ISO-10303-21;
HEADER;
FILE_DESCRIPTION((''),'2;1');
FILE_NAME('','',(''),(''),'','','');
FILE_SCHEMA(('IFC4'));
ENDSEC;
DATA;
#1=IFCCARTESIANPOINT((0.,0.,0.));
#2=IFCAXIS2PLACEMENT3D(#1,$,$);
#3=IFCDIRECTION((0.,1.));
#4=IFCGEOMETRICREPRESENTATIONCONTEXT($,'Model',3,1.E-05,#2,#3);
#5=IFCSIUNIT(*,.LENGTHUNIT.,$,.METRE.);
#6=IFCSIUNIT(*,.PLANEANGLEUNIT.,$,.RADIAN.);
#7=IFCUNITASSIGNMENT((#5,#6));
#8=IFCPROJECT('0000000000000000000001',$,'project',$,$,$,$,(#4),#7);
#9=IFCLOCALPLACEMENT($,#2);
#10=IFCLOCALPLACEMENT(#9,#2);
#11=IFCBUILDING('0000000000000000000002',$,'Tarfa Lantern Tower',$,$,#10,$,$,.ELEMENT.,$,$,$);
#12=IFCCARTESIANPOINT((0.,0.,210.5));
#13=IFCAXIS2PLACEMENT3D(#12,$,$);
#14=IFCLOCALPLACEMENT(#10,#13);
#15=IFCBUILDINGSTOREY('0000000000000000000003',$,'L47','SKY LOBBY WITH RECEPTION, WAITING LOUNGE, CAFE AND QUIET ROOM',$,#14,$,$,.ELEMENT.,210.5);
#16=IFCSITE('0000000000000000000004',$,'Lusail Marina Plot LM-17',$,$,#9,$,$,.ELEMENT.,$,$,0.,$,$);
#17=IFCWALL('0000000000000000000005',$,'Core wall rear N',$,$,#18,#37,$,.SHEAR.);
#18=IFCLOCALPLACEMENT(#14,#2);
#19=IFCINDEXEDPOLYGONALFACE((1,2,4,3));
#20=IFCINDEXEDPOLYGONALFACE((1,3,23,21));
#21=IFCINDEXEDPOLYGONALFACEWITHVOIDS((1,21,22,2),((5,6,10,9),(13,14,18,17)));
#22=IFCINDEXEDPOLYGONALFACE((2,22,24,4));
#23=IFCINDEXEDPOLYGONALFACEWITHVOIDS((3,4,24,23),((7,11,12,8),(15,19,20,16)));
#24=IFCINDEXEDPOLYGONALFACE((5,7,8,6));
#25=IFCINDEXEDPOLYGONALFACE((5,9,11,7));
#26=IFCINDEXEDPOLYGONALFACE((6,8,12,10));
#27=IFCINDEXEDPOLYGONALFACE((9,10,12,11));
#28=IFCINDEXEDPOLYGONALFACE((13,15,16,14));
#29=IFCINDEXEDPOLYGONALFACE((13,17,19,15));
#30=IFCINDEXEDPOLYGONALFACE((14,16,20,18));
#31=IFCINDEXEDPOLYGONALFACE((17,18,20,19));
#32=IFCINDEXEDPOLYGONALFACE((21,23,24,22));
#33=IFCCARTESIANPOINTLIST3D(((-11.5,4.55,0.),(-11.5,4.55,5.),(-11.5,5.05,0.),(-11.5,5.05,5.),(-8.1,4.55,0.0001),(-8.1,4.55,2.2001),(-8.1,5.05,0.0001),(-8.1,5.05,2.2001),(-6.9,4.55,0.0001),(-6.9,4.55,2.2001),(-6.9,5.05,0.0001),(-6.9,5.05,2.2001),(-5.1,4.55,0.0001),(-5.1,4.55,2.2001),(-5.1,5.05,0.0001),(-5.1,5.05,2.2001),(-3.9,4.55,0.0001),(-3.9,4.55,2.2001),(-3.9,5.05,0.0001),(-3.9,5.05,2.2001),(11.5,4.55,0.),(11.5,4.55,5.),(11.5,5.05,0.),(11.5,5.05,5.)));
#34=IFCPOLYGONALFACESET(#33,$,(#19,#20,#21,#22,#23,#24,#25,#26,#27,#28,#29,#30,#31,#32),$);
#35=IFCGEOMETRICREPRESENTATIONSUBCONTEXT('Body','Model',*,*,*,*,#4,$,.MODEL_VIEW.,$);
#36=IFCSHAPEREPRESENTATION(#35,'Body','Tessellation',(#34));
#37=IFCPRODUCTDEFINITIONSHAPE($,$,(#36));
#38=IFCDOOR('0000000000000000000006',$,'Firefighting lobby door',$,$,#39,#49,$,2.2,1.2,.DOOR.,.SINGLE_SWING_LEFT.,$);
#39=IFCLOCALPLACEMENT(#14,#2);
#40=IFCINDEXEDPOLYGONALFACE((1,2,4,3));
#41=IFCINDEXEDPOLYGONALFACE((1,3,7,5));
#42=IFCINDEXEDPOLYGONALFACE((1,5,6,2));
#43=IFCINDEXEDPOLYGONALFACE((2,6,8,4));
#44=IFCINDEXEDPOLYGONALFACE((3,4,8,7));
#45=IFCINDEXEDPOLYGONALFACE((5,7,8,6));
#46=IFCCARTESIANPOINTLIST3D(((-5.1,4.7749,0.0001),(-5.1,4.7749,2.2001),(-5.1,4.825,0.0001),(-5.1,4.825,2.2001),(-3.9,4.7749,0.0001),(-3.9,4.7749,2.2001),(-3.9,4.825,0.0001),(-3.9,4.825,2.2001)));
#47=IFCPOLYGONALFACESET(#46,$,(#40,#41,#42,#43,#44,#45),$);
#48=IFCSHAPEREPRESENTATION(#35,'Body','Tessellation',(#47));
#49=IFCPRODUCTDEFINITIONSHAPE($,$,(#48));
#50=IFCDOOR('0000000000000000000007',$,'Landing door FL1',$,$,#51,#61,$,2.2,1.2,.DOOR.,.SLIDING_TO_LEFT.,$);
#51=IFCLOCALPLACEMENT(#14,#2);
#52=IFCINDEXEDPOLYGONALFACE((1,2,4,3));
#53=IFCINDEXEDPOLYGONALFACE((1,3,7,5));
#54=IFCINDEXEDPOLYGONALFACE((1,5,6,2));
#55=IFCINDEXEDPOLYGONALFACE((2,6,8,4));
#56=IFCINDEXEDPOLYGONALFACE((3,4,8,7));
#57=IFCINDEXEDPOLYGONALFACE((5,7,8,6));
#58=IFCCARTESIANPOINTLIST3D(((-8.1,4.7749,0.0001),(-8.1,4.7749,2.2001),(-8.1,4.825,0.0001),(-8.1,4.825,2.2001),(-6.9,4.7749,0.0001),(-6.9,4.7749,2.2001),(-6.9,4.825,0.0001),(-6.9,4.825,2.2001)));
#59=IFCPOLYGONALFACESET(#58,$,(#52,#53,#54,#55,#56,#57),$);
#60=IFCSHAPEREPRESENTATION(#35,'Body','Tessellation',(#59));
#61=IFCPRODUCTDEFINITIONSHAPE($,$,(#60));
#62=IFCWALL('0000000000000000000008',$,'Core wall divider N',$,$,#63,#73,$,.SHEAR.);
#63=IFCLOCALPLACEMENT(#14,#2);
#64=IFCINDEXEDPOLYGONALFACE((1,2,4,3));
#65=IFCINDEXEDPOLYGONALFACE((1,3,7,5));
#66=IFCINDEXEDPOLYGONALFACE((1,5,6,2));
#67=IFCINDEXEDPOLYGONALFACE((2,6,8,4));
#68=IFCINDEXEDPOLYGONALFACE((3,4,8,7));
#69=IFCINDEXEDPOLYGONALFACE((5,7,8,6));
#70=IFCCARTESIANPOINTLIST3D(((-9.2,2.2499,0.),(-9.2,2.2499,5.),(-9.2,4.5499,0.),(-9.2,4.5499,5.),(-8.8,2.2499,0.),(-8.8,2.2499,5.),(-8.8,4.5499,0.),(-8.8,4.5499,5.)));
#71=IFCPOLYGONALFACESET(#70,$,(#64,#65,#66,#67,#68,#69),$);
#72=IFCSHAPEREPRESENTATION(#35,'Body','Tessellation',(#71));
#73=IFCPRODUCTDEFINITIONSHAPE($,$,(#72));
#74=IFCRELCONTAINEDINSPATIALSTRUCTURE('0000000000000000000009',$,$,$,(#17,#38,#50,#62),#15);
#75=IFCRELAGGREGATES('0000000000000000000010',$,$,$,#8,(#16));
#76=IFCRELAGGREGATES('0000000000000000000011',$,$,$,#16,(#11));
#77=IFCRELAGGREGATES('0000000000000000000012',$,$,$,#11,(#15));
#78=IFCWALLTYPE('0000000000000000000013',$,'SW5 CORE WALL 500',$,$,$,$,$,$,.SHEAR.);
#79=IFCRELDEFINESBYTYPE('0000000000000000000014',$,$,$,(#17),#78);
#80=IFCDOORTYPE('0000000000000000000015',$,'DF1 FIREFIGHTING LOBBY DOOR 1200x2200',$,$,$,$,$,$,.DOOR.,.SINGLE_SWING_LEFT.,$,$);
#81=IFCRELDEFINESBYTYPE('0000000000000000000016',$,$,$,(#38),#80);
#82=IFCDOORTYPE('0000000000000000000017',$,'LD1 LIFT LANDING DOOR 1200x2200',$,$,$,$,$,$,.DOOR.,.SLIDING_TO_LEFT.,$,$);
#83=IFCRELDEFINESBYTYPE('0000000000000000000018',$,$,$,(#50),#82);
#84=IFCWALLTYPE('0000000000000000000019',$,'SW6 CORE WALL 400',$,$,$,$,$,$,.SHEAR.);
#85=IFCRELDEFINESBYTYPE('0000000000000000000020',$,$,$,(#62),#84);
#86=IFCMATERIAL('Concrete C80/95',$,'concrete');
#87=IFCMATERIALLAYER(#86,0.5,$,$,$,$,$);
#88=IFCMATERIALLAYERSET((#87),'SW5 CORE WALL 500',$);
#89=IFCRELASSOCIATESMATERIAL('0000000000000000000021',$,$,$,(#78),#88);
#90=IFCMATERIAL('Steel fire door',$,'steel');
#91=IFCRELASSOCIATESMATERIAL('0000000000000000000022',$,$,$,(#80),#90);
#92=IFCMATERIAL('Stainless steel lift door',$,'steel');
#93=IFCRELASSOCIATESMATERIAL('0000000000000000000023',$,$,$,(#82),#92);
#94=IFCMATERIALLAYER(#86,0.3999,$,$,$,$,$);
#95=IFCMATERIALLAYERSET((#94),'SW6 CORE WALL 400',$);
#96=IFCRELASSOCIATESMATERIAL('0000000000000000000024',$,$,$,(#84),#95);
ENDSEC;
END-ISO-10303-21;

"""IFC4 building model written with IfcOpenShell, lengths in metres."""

from ifc_helpers import new_model, si_unit, direction, frame, frame_2d, origin, place, context, subcontext, project, spatial, rectangle, extrude, material, layer, layer_set, type_object, element, fill, save


model = new_model("IFC4")

# Units and contexts
model_context = context("Model", 3, precision=1e-05, world=origin(), true_north=direction((0.0, 1.0)))
body_context = subcontext(model_context, "Body", "Model", "MODEL_VIEW")
ifc_project = project(units=[si_unit("LENGTHUNIT", "METRE"), si_unit("PLANEANGLEUNIT", "RADIAN")], contexts=[model_context])

# Site, building, storey
site_placement = place(None, origin())
site = spatial("IfcSite", under=ifc_project, at=site_placement, Name="Lusail Marina Plot LM-17", CompositionType="ELEMENT", RefElevation=0.0)
building_placement = place(site_placement, origin())
building = spatial("IfcBuilding", under=site, at=building_placement, Name="Tarfa Lantern Tower", CompositionType="ELEMENT")
storey_placement = place(building_placement, frame((0.0, 0.0, 210.5)))
storey = spatial("IfcBuildingStorey", under=building, at=storey_placement, Name="L47", Description="SKY LOBBY WITH RECEPTION, WAITING LOUNGE, CAFE AND QUIET ROOM", CompositionType="ELEMENT", Elevation=210.5)

# Shared definitions
ifc_material_1 = material(Name="Concrete C80/95", Category="concrete")
ifc_material_2 = material(Name="Steel fire door", Category="steel")

# Shared definitions
ifc_layer_1 = layer(ifc_material_1, 0.5)
ifc_layer_set_1 = layer_set([ifc_layer_1], Name="SW5 CORE WALL 500")
wall_type_1 = type_object("IfcWallType", Name="SW5 CORE WALL 500", PredefinedType="SHEAR", material=ifc_layer_set_1)

# Wall, openings, doors
wall_1_placement = place(storey_placement, frame((-11.5, 4.8, 0.0), z_axis=(0.0, 0.0, 1.0), x_axis=(1.0, 0.0, 0.0)))
wall_1 = element("IfcWall", 1, at=wall_1_placement, inside=storey, type_object=wall_type_1, Name="Core wall rear N", PredefinedType="SHEAR", context=body_context, shape_type="SweptSolid", body=[
    extrude(rectangle(XDim=23.0, YDim=0.5, at=frame_2d((11.5, 0.0))), origin(), (0.0, 0.0, 1.0), 5.0),
])
opening_1_placement = place(wall_1_placement, frame((6.3999, 0.0, 0.0)))
opening_1 = element("IfcOpeningElement", 2, at=opening_1_placement, cuts=wall_1, PredefinedType="OPENING", context=body_context, shape_type="SweptSolid", body=[
    extrude(rectangle(XDim=1.2, YDim=2.2, at=frame_2d((0.6001, 1.1001))), frame((0.0, 0.26, 0.0), z_axis=(0.0, -1.0, 0.0), x_axis=(1.0, 0.0, 0.0)), (0.0, 0.0, 1.0), 0.52),
])
opening_2_placement = place(wall_1_placement, frame((3.3999, 0.0, 0.0)))
opening_2 = element("IfcOpeningElement", 3, at=opening_2_placement, cuts=wall_1, PredefinedType="OPENING", context=body_context, shape_type="SweptSolid", body=[
    extrude(rectangle(XDim=1.2, YDim=2.2, at=frame_2d((0.6001, 1.1001))), frame((0.0, 0.26, 0.0), z_axis=(0.0, -1.0, 0.0), x_axis=(1.0, 0.0, 0.0)), (0.0, 0.0, 1.0), 0.52),
])
door_type_1 = type_object("IfcDoorType", Name="DF1 FIREFIGHTING LOBBY DOOR 1200x2200", OperationType="SINGLE_SWING_LEFT", PredefinedType="DOOR", material=ifc_material_2)
door_1_placement = place(opening_1_placement, origin())
door_1 = element("IfcDoor", 4, at=door_1_placement, inside=storey, type_object=door_type_1, Name="Firefighting lobby door", OperationType="SINGLE_SWING_LEFT", OverallHeight=2.2, OverallWidth=1.2, PredefinedType="DOOR", context=body_context, shape_type="SweptSolid", body=[
    extrude(rectangle(XDim=1.2, YDim=2.2, at=frame_2d((0.6001, 1.1001))), frame((0.0, 0.0249, 0.0), z_axis=(0.0, -1.0, 0.0), x_axis=(1.0, 0.0, 0.0)), (0.0, 0.0, 1.0), 0.05),
])
fill(opening_1, door_1)
ifc_material_3 = material(Name="Stainless steel lift door", Category="steel")
door_type_2 = type_object("IfcDoorType", Name="LD1 LIFT LANDING DOOR 1200x2200", OperationType="SLIDING_TO_LEFT", PredefinedType="DOOR", material=ifc_material_3)
door_2_placement = place(opening_2_placement, origin())
door_2 = element("IfcDoor", 5, at=door_2_placement, inside=storey, type_object=door_type_2, Name="Landing door FL1", OperationType="SLIDING_TO_LEFT", OverallHeight=2.2, OverallWidth=1.2, PredefinedType="DOOR", context=body_context, shape_type="SweptSolid", body=[
    extrude(rectangle(XDim=1.2, YDim=2.2, at=frame_2d((0.6001, 1.1001))), frame((0.0, 0.0249, 0.0), z_axis=(0.0, -1.0, 0.0), x_axis=(1.0, 0.0, 0.0)), (0.0, 0.0, 1.0), 0.05),
])
fill(opening_2, door_2)

# Wall
ifc_layer_2 = layer(ifc_material_1, 0.3999)
ifc_layer_set_2 = layer_set([ifc_layer_2], Name="SW6 CORE WALL 400")
wall_type_2 = type_object("IfcWallType", Name="SW6 CORE WALL 400", PredefinedType="SHEAR", material=ifc_layer_set_2)
wall_2_placement = place(storey_placement, frame((-9.0, 2.25, 0.0), z_axis=(0.0, 0.0, 1.0), x_axis=(0.0, 1.0, 0.0)))
element("IfcWall", 6, at=wall_2_placement, inside=storey, type_object=wall_type_2, Name="Core wall divider N", PredefinedType="SHEAR", context=body_context, shape_type="SweptSolid", body=[
    extrude(rectangle(XDim=2.3, YDim=0.3999, at=frame_2d((1.1499, 0.0))), origin(), (0.0, 0.0, 1.0), 5.0),
])

save(model, "model.ifc")
